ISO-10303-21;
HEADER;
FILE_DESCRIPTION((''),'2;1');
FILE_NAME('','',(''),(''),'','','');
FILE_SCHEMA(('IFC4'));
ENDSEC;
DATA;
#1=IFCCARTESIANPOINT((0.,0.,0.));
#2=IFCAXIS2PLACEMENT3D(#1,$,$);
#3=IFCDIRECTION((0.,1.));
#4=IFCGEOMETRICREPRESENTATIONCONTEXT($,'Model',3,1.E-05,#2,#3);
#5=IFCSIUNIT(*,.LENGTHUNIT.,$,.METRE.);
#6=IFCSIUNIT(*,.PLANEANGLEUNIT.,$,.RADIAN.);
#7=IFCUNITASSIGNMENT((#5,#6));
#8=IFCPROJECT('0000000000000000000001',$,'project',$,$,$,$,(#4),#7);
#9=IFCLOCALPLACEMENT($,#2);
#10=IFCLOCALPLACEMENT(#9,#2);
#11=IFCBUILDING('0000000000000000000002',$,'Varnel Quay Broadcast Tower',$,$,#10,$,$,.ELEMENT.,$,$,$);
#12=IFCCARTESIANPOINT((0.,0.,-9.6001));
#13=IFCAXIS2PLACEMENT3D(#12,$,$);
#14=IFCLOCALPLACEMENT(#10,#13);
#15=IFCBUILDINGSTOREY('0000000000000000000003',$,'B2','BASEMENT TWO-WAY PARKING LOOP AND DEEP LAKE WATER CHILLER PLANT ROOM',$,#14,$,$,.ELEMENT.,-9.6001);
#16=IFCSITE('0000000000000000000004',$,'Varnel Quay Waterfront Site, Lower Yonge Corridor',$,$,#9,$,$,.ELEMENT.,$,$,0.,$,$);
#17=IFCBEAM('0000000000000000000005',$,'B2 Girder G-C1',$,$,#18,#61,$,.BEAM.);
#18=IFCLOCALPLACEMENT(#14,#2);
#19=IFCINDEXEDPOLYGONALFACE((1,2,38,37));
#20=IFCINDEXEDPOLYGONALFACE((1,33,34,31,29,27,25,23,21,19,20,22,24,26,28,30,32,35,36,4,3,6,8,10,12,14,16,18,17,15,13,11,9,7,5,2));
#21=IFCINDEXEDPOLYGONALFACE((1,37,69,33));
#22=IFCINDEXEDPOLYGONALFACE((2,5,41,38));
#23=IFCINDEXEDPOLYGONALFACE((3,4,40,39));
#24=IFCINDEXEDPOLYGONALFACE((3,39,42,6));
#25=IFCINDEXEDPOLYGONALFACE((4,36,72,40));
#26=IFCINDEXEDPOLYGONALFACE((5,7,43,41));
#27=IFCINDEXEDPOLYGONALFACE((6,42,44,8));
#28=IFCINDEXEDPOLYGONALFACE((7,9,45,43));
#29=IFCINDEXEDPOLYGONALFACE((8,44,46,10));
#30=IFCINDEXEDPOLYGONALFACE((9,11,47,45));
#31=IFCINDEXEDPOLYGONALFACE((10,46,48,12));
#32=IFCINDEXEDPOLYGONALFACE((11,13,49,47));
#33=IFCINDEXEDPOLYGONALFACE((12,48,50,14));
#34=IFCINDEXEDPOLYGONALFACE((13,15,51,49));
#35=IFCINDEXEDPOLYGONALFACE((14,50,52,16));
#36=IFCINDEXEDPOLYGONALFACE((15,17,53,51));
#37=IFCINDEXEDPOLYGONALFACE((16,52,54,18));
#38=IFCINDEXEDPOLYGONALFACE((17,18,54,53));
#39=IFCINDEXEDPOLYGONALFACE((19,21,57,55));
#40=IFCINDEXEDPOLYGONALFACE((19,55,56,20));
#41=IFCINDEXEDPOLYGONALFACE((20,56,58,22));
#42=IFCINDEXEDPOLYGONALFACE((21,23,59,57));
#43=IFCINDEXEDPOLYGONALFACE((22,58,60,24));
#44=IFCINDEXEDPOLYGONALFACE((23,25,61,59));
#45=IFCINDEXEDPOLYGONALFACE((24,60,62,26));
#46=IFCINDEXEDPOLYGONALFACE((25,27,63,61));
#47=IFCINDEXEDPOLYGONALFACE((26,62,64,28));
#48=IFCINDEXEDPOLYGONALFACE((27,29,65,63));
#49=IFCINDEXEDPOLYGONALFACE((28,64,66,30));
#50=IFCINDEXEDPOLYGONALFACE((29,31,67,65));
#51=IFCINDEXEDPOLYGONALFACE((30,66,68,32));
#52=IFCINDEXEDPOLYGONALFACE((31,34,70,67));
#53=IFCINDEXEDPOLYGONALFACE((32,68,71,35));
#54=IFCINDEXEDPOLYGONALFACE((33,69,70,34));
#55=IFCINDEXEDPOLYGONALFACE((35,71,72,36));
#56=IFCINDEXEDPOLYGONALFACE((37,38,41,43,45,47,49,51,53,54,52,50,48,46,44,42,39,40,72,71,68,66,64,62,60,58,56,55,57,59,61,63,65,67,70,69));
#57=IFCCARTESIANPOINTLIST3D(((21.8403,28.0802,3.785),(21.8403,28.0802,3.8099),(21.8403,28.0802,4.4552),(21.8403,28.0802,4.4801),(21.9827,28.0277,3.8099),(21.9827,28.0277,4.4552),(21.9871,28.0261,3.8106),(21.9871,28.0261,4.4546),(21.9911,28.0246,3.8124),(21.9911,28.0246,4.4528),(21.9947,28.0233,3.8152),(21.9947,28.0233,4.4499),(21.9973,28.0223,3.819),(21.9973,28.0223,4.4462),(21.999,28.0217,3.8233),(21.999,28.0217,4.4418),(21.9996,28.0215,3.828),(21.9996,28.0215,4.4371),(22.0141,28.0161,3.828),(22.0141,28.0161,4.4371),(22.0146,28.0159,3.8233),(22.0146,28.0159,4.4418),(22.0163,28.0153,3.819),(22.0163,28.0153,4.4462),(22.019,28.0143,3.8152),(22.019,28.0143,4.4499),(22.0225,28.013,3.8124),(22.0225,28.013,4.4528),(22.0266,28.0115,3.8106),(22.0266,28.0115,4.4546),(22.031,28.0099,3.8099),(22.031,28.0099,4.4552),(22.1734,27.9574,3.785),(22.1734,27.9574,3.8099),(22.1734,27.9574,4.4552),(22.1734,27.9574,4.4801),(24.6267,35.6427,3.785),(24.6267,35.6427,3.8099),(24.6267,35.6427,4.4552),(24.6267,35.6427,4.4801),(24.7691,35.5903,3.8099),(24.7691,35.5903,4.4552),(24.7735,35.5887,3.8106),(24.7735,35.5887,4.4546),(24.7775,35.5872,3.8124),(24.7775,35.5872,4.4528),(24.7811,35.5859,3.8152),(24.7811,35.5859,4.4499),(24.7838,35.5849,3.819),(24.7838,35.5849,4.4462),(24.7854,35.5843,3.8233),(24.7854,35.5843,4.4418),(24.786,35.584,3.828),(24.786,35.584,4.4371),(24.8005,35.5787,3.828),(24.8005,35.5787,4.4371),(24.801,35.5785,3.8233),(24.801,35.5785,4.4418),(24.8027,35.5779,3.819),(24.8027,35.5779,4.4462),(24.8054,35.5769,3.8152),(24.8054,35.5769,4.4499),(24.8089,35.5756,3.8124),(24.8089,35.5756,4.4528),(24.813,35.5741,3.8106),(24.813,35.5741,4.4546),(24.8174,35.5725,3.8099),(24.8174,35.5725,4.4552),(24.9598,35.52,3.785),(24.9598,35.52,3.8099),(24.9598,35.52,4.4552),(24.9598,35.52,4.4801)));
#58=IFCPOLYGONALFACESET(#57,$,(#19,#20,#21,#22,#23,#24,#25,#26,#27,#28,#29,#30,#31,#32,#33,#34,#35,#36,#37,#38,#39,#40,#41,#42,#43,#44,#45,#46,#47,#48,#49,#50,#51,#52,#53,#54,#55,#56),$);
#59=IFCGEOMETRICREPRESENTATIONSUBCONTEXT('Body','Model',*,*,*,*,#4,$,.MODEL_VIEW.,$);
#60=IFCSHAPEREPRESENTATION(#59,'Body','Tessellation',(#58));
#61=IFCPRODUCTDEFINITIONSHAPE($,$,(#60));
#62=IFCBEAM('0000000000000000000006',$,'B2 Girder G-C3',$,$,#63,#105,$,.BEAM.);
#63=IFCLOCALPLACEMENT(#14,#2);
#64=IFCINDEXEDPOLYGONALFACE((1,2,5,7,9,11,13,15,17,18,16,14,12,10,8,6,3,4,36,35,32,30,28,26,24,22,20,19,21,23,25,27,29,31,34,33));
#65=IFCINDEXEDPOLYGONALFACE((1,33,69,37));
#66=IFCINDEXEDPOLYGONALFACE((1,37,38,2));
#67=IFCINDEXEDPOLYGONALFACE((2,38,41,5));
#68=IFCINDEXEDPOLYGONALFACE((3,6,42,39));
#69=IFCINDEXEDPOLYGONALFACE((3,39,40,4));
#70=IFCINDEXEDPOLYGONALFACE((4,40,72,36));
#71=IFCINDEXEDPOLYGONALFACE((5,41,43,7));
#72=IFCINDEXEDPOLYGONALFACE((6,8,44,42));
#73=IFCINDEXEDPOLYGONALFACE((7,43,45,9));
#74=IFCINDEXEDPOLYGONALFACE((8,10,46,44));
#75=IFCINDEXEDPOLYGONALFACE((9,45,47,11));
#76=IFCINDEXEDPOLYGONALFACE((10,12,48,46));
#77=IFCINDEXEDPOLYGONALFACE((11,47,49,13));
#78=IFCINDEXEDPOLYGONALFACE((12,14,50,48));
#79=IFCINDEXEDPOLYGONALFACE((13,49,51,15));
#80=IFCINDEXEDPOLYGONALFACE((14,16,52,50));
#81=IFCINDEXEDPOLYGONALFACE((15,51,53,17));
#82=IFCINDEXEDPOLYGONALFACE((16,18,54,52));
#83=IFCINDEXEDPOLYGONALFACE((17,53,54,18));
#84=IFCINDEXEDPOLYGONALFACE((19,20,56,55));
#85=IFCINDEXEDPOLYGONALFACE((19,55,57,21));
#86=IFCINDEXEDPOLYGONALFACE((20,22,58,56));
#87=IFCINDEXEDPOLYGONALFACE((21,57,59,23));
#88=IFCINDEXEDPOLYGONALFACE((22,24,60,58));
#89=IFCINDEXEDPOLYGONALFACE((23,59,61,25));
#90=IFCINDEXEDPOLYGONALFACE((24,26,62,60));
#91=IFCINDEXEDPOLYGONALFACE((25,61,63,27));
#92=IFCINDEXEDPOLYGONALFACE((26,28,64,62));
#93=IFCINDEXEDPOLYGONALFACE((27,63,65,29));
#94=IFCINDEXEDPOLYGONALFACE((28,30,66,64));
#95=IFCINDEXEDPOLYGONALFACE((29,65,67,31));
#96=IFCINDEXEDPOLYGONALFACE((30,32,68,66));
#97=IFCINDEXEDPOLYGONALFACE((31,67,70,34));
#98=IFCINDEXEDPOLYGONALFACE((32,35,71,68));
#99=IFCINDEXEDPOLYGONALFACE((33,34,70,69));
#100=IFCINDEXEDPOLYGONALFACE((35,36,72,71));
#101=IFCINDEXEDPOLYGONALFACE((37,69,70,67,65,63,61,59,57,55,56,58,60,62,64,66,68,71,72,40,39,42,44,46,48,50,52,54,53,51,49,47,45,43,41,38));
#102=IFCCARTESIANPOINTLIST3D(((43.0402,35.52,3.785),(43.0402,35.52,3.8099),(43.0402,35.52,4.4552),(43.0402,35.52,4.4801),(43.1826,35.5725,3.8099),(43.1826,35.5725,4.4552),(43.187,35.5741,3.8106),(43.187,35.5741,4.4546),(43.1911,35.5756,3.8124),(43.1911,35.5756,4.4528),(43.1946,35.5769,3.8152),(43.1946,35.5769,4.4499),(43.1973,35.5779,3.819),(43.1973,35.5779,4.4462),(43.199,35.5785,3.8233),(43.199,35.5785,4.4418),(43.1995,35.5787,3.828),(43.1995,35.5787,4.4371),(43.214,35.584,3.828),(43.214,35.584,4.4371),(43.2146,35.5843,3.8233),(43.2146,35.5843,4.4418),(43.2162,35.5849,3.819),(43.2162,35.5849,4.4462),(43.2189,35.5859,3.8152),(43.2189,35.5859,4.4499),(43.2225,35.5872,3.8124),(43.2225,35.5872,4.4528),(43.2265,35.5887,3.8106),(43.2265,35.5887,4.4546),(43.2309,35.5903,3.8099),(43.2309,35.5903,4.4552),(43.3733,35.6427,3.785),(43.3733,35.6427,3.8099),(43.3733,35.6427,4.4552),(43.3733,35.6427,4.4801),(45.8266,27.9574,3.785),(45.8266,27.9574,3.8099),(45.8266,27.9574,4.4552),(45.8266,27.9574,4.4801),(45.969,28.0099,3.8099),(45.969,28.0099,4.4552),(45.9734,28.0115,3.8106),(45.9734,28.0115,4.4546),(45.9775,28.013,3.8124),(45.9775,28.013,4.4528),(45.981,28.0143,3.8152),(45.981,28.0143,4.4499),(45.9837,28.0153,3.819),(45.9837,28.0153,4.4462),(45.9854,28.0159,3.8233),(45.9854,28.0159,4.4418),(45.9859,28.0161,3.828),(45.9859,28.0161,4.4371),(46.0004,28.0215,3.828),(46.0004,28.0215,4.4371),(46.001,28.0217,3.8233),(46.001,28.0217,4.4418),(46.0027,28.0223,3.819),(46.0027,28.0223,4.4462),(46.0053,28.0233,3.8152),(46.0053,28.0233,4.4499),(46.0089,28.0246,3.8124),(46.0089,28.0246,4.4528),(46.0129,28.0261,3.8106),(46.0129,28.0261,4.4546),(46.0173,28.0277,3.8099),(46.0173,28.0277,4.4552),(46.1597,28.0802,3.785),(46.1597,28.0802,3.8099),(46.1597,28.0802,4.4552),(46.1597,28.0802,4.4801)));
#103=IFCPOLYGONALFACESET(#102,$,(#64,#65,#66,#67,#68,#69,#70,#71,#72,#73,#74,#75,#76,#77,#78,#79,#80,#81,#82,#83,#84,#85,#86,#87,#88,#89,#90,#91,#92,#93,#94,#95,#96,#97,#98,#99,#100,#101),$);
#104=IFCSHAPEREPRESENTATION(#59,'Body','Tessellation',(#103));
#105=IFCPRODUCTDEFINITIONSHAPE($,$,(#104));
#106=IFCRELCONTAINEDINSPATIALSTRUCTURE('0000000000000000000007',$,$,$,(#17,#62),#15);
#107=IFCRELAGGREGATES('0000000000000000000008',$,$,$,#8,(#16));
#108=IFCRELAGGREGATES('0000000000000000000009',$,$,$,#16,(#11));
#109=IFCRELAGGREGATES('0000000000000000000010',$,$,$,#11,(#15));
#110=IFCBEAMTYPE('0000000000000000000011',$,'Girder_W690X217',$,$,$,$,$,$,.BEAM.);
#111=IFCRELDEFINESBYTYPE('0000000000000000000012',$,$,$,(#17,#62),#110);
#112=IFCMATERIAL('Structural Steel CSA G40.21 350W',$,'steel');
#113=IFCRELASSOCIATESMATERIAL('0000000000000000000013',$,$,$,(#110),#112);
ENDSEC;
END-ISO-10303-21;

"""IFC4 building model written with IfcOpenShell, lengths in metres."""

from ifc_helpers import new_model, si_unit, direction, frame, origin, origin_2d, place, context, subcontext, project, spatial, i_section, extrude, source, transform, mapped, material, material_profile, profile_set, type_object, element, save


model = new_model("IFC4")

# Units and contexts
model_context = context("Model", 3, precision=1e-05, world=origin(), true_north=direction((0.0, 1.0)))
body_context = subcontext(model_context, "Body", "Model", "MODEL_VIEW")
ifc_project = project(units=[si_unit("LENGTHUNIT", "METRE"), si_unit("PLANEANGLEUNIT", "RADIAN")], contexts=[model_context])

# Site, building, storey
site_placement = place(None, origin())
site = spatial("IfcSite", under=ifc_project, at=site_placement, Name="Varnel Quay Waterfront Site, Lower Yonge Corridor", CompositionType="ELEMENT", RefElevation=0.0)
building_placement = place(site_placement, origin())
building = spatial("IfcBuilding", under=site, at=building_placement, Name="Varnel Quay Broadcast Tower", CompositionType="ELEMENT")
storey_placement = place(building_placement, frame((0.0, 0.0, -9.6001)))
storey = spatial("IfcBuildingStorey", under=building, at=storey_placement, Name="B2", Description="BASEMENT TWO-WAY PARKING LOOP AND DEEP LAKE WATER CHILLER PLANT ROOM", CompositionType="ELEMENT", Elevation=-9.6001)

# Beams
ifc_material_1 = material(Name="Structural Steel CSA G40.21 350W", Category="steel")
ifc_material_profile_1 = material_profile(ifc_material_1, i_section(OverallWidth=0.355, OverallDepth=0.6951, WebThickness=0.0154, FlangeThickness=0.0249, FilletRadius=0.0181, at=origin_2d()), Name="W690X217")
ifc_profile_set_1 = profile_set([ifc_material_profile_1], Name="Structural Steel CSA G40.21 350W")
beam_type = type_object("IfcBeamType", Name="Girder_W690X217", PredefinedType="BEAM", material=ifc_profile_set_1)
shared_shape_1 = source(origin(), body_context, "Body", "SweptSolid", [
    extrude(i_section(OverallWidth=0.355, OverallDepth=0.6951, WebThickness=0.0154, FlangeThickness=0.0249, FilletRadius=0.0181, at=origin_2d()), origin(), (0.0, 0.0, 1.0), 8.0596),
])
for number, where, z_axis, x_axis, name in (
    (1, (22.0068, 28.0188, 4.1326), (0.345726, 0.938335, 0.0), (-0.938335, 0.345726, 0.0), "B2 Girder G-C1"),
    (2, (45.9932, 28.0188, 4.1326), (-0.345726, 0.938335, 0.0), (-0.938335, -0.345726, 0.0), "B2 Girder G-C3"),
):
    element("IfcBeam", number, at=place(storey_placement, frame(where, z_axis=z_axis, x_axis=x_axis)), inside=storey, type_object=beam_type, Name=name, PredefinedType="BEAM", context=body_context, shape_type="MappedRepresentation", body=[
        mapped(shared_shape_1, transform((0.0, 0.0, 0.0), x_axis=(1.0, 0.0, 0.0), y_axis=(0.0, 1.0, 0.0), z_axis=(0.0, 0.0, 1.0), scale=1.0)),
    ])

save(model, "model.ifc")
